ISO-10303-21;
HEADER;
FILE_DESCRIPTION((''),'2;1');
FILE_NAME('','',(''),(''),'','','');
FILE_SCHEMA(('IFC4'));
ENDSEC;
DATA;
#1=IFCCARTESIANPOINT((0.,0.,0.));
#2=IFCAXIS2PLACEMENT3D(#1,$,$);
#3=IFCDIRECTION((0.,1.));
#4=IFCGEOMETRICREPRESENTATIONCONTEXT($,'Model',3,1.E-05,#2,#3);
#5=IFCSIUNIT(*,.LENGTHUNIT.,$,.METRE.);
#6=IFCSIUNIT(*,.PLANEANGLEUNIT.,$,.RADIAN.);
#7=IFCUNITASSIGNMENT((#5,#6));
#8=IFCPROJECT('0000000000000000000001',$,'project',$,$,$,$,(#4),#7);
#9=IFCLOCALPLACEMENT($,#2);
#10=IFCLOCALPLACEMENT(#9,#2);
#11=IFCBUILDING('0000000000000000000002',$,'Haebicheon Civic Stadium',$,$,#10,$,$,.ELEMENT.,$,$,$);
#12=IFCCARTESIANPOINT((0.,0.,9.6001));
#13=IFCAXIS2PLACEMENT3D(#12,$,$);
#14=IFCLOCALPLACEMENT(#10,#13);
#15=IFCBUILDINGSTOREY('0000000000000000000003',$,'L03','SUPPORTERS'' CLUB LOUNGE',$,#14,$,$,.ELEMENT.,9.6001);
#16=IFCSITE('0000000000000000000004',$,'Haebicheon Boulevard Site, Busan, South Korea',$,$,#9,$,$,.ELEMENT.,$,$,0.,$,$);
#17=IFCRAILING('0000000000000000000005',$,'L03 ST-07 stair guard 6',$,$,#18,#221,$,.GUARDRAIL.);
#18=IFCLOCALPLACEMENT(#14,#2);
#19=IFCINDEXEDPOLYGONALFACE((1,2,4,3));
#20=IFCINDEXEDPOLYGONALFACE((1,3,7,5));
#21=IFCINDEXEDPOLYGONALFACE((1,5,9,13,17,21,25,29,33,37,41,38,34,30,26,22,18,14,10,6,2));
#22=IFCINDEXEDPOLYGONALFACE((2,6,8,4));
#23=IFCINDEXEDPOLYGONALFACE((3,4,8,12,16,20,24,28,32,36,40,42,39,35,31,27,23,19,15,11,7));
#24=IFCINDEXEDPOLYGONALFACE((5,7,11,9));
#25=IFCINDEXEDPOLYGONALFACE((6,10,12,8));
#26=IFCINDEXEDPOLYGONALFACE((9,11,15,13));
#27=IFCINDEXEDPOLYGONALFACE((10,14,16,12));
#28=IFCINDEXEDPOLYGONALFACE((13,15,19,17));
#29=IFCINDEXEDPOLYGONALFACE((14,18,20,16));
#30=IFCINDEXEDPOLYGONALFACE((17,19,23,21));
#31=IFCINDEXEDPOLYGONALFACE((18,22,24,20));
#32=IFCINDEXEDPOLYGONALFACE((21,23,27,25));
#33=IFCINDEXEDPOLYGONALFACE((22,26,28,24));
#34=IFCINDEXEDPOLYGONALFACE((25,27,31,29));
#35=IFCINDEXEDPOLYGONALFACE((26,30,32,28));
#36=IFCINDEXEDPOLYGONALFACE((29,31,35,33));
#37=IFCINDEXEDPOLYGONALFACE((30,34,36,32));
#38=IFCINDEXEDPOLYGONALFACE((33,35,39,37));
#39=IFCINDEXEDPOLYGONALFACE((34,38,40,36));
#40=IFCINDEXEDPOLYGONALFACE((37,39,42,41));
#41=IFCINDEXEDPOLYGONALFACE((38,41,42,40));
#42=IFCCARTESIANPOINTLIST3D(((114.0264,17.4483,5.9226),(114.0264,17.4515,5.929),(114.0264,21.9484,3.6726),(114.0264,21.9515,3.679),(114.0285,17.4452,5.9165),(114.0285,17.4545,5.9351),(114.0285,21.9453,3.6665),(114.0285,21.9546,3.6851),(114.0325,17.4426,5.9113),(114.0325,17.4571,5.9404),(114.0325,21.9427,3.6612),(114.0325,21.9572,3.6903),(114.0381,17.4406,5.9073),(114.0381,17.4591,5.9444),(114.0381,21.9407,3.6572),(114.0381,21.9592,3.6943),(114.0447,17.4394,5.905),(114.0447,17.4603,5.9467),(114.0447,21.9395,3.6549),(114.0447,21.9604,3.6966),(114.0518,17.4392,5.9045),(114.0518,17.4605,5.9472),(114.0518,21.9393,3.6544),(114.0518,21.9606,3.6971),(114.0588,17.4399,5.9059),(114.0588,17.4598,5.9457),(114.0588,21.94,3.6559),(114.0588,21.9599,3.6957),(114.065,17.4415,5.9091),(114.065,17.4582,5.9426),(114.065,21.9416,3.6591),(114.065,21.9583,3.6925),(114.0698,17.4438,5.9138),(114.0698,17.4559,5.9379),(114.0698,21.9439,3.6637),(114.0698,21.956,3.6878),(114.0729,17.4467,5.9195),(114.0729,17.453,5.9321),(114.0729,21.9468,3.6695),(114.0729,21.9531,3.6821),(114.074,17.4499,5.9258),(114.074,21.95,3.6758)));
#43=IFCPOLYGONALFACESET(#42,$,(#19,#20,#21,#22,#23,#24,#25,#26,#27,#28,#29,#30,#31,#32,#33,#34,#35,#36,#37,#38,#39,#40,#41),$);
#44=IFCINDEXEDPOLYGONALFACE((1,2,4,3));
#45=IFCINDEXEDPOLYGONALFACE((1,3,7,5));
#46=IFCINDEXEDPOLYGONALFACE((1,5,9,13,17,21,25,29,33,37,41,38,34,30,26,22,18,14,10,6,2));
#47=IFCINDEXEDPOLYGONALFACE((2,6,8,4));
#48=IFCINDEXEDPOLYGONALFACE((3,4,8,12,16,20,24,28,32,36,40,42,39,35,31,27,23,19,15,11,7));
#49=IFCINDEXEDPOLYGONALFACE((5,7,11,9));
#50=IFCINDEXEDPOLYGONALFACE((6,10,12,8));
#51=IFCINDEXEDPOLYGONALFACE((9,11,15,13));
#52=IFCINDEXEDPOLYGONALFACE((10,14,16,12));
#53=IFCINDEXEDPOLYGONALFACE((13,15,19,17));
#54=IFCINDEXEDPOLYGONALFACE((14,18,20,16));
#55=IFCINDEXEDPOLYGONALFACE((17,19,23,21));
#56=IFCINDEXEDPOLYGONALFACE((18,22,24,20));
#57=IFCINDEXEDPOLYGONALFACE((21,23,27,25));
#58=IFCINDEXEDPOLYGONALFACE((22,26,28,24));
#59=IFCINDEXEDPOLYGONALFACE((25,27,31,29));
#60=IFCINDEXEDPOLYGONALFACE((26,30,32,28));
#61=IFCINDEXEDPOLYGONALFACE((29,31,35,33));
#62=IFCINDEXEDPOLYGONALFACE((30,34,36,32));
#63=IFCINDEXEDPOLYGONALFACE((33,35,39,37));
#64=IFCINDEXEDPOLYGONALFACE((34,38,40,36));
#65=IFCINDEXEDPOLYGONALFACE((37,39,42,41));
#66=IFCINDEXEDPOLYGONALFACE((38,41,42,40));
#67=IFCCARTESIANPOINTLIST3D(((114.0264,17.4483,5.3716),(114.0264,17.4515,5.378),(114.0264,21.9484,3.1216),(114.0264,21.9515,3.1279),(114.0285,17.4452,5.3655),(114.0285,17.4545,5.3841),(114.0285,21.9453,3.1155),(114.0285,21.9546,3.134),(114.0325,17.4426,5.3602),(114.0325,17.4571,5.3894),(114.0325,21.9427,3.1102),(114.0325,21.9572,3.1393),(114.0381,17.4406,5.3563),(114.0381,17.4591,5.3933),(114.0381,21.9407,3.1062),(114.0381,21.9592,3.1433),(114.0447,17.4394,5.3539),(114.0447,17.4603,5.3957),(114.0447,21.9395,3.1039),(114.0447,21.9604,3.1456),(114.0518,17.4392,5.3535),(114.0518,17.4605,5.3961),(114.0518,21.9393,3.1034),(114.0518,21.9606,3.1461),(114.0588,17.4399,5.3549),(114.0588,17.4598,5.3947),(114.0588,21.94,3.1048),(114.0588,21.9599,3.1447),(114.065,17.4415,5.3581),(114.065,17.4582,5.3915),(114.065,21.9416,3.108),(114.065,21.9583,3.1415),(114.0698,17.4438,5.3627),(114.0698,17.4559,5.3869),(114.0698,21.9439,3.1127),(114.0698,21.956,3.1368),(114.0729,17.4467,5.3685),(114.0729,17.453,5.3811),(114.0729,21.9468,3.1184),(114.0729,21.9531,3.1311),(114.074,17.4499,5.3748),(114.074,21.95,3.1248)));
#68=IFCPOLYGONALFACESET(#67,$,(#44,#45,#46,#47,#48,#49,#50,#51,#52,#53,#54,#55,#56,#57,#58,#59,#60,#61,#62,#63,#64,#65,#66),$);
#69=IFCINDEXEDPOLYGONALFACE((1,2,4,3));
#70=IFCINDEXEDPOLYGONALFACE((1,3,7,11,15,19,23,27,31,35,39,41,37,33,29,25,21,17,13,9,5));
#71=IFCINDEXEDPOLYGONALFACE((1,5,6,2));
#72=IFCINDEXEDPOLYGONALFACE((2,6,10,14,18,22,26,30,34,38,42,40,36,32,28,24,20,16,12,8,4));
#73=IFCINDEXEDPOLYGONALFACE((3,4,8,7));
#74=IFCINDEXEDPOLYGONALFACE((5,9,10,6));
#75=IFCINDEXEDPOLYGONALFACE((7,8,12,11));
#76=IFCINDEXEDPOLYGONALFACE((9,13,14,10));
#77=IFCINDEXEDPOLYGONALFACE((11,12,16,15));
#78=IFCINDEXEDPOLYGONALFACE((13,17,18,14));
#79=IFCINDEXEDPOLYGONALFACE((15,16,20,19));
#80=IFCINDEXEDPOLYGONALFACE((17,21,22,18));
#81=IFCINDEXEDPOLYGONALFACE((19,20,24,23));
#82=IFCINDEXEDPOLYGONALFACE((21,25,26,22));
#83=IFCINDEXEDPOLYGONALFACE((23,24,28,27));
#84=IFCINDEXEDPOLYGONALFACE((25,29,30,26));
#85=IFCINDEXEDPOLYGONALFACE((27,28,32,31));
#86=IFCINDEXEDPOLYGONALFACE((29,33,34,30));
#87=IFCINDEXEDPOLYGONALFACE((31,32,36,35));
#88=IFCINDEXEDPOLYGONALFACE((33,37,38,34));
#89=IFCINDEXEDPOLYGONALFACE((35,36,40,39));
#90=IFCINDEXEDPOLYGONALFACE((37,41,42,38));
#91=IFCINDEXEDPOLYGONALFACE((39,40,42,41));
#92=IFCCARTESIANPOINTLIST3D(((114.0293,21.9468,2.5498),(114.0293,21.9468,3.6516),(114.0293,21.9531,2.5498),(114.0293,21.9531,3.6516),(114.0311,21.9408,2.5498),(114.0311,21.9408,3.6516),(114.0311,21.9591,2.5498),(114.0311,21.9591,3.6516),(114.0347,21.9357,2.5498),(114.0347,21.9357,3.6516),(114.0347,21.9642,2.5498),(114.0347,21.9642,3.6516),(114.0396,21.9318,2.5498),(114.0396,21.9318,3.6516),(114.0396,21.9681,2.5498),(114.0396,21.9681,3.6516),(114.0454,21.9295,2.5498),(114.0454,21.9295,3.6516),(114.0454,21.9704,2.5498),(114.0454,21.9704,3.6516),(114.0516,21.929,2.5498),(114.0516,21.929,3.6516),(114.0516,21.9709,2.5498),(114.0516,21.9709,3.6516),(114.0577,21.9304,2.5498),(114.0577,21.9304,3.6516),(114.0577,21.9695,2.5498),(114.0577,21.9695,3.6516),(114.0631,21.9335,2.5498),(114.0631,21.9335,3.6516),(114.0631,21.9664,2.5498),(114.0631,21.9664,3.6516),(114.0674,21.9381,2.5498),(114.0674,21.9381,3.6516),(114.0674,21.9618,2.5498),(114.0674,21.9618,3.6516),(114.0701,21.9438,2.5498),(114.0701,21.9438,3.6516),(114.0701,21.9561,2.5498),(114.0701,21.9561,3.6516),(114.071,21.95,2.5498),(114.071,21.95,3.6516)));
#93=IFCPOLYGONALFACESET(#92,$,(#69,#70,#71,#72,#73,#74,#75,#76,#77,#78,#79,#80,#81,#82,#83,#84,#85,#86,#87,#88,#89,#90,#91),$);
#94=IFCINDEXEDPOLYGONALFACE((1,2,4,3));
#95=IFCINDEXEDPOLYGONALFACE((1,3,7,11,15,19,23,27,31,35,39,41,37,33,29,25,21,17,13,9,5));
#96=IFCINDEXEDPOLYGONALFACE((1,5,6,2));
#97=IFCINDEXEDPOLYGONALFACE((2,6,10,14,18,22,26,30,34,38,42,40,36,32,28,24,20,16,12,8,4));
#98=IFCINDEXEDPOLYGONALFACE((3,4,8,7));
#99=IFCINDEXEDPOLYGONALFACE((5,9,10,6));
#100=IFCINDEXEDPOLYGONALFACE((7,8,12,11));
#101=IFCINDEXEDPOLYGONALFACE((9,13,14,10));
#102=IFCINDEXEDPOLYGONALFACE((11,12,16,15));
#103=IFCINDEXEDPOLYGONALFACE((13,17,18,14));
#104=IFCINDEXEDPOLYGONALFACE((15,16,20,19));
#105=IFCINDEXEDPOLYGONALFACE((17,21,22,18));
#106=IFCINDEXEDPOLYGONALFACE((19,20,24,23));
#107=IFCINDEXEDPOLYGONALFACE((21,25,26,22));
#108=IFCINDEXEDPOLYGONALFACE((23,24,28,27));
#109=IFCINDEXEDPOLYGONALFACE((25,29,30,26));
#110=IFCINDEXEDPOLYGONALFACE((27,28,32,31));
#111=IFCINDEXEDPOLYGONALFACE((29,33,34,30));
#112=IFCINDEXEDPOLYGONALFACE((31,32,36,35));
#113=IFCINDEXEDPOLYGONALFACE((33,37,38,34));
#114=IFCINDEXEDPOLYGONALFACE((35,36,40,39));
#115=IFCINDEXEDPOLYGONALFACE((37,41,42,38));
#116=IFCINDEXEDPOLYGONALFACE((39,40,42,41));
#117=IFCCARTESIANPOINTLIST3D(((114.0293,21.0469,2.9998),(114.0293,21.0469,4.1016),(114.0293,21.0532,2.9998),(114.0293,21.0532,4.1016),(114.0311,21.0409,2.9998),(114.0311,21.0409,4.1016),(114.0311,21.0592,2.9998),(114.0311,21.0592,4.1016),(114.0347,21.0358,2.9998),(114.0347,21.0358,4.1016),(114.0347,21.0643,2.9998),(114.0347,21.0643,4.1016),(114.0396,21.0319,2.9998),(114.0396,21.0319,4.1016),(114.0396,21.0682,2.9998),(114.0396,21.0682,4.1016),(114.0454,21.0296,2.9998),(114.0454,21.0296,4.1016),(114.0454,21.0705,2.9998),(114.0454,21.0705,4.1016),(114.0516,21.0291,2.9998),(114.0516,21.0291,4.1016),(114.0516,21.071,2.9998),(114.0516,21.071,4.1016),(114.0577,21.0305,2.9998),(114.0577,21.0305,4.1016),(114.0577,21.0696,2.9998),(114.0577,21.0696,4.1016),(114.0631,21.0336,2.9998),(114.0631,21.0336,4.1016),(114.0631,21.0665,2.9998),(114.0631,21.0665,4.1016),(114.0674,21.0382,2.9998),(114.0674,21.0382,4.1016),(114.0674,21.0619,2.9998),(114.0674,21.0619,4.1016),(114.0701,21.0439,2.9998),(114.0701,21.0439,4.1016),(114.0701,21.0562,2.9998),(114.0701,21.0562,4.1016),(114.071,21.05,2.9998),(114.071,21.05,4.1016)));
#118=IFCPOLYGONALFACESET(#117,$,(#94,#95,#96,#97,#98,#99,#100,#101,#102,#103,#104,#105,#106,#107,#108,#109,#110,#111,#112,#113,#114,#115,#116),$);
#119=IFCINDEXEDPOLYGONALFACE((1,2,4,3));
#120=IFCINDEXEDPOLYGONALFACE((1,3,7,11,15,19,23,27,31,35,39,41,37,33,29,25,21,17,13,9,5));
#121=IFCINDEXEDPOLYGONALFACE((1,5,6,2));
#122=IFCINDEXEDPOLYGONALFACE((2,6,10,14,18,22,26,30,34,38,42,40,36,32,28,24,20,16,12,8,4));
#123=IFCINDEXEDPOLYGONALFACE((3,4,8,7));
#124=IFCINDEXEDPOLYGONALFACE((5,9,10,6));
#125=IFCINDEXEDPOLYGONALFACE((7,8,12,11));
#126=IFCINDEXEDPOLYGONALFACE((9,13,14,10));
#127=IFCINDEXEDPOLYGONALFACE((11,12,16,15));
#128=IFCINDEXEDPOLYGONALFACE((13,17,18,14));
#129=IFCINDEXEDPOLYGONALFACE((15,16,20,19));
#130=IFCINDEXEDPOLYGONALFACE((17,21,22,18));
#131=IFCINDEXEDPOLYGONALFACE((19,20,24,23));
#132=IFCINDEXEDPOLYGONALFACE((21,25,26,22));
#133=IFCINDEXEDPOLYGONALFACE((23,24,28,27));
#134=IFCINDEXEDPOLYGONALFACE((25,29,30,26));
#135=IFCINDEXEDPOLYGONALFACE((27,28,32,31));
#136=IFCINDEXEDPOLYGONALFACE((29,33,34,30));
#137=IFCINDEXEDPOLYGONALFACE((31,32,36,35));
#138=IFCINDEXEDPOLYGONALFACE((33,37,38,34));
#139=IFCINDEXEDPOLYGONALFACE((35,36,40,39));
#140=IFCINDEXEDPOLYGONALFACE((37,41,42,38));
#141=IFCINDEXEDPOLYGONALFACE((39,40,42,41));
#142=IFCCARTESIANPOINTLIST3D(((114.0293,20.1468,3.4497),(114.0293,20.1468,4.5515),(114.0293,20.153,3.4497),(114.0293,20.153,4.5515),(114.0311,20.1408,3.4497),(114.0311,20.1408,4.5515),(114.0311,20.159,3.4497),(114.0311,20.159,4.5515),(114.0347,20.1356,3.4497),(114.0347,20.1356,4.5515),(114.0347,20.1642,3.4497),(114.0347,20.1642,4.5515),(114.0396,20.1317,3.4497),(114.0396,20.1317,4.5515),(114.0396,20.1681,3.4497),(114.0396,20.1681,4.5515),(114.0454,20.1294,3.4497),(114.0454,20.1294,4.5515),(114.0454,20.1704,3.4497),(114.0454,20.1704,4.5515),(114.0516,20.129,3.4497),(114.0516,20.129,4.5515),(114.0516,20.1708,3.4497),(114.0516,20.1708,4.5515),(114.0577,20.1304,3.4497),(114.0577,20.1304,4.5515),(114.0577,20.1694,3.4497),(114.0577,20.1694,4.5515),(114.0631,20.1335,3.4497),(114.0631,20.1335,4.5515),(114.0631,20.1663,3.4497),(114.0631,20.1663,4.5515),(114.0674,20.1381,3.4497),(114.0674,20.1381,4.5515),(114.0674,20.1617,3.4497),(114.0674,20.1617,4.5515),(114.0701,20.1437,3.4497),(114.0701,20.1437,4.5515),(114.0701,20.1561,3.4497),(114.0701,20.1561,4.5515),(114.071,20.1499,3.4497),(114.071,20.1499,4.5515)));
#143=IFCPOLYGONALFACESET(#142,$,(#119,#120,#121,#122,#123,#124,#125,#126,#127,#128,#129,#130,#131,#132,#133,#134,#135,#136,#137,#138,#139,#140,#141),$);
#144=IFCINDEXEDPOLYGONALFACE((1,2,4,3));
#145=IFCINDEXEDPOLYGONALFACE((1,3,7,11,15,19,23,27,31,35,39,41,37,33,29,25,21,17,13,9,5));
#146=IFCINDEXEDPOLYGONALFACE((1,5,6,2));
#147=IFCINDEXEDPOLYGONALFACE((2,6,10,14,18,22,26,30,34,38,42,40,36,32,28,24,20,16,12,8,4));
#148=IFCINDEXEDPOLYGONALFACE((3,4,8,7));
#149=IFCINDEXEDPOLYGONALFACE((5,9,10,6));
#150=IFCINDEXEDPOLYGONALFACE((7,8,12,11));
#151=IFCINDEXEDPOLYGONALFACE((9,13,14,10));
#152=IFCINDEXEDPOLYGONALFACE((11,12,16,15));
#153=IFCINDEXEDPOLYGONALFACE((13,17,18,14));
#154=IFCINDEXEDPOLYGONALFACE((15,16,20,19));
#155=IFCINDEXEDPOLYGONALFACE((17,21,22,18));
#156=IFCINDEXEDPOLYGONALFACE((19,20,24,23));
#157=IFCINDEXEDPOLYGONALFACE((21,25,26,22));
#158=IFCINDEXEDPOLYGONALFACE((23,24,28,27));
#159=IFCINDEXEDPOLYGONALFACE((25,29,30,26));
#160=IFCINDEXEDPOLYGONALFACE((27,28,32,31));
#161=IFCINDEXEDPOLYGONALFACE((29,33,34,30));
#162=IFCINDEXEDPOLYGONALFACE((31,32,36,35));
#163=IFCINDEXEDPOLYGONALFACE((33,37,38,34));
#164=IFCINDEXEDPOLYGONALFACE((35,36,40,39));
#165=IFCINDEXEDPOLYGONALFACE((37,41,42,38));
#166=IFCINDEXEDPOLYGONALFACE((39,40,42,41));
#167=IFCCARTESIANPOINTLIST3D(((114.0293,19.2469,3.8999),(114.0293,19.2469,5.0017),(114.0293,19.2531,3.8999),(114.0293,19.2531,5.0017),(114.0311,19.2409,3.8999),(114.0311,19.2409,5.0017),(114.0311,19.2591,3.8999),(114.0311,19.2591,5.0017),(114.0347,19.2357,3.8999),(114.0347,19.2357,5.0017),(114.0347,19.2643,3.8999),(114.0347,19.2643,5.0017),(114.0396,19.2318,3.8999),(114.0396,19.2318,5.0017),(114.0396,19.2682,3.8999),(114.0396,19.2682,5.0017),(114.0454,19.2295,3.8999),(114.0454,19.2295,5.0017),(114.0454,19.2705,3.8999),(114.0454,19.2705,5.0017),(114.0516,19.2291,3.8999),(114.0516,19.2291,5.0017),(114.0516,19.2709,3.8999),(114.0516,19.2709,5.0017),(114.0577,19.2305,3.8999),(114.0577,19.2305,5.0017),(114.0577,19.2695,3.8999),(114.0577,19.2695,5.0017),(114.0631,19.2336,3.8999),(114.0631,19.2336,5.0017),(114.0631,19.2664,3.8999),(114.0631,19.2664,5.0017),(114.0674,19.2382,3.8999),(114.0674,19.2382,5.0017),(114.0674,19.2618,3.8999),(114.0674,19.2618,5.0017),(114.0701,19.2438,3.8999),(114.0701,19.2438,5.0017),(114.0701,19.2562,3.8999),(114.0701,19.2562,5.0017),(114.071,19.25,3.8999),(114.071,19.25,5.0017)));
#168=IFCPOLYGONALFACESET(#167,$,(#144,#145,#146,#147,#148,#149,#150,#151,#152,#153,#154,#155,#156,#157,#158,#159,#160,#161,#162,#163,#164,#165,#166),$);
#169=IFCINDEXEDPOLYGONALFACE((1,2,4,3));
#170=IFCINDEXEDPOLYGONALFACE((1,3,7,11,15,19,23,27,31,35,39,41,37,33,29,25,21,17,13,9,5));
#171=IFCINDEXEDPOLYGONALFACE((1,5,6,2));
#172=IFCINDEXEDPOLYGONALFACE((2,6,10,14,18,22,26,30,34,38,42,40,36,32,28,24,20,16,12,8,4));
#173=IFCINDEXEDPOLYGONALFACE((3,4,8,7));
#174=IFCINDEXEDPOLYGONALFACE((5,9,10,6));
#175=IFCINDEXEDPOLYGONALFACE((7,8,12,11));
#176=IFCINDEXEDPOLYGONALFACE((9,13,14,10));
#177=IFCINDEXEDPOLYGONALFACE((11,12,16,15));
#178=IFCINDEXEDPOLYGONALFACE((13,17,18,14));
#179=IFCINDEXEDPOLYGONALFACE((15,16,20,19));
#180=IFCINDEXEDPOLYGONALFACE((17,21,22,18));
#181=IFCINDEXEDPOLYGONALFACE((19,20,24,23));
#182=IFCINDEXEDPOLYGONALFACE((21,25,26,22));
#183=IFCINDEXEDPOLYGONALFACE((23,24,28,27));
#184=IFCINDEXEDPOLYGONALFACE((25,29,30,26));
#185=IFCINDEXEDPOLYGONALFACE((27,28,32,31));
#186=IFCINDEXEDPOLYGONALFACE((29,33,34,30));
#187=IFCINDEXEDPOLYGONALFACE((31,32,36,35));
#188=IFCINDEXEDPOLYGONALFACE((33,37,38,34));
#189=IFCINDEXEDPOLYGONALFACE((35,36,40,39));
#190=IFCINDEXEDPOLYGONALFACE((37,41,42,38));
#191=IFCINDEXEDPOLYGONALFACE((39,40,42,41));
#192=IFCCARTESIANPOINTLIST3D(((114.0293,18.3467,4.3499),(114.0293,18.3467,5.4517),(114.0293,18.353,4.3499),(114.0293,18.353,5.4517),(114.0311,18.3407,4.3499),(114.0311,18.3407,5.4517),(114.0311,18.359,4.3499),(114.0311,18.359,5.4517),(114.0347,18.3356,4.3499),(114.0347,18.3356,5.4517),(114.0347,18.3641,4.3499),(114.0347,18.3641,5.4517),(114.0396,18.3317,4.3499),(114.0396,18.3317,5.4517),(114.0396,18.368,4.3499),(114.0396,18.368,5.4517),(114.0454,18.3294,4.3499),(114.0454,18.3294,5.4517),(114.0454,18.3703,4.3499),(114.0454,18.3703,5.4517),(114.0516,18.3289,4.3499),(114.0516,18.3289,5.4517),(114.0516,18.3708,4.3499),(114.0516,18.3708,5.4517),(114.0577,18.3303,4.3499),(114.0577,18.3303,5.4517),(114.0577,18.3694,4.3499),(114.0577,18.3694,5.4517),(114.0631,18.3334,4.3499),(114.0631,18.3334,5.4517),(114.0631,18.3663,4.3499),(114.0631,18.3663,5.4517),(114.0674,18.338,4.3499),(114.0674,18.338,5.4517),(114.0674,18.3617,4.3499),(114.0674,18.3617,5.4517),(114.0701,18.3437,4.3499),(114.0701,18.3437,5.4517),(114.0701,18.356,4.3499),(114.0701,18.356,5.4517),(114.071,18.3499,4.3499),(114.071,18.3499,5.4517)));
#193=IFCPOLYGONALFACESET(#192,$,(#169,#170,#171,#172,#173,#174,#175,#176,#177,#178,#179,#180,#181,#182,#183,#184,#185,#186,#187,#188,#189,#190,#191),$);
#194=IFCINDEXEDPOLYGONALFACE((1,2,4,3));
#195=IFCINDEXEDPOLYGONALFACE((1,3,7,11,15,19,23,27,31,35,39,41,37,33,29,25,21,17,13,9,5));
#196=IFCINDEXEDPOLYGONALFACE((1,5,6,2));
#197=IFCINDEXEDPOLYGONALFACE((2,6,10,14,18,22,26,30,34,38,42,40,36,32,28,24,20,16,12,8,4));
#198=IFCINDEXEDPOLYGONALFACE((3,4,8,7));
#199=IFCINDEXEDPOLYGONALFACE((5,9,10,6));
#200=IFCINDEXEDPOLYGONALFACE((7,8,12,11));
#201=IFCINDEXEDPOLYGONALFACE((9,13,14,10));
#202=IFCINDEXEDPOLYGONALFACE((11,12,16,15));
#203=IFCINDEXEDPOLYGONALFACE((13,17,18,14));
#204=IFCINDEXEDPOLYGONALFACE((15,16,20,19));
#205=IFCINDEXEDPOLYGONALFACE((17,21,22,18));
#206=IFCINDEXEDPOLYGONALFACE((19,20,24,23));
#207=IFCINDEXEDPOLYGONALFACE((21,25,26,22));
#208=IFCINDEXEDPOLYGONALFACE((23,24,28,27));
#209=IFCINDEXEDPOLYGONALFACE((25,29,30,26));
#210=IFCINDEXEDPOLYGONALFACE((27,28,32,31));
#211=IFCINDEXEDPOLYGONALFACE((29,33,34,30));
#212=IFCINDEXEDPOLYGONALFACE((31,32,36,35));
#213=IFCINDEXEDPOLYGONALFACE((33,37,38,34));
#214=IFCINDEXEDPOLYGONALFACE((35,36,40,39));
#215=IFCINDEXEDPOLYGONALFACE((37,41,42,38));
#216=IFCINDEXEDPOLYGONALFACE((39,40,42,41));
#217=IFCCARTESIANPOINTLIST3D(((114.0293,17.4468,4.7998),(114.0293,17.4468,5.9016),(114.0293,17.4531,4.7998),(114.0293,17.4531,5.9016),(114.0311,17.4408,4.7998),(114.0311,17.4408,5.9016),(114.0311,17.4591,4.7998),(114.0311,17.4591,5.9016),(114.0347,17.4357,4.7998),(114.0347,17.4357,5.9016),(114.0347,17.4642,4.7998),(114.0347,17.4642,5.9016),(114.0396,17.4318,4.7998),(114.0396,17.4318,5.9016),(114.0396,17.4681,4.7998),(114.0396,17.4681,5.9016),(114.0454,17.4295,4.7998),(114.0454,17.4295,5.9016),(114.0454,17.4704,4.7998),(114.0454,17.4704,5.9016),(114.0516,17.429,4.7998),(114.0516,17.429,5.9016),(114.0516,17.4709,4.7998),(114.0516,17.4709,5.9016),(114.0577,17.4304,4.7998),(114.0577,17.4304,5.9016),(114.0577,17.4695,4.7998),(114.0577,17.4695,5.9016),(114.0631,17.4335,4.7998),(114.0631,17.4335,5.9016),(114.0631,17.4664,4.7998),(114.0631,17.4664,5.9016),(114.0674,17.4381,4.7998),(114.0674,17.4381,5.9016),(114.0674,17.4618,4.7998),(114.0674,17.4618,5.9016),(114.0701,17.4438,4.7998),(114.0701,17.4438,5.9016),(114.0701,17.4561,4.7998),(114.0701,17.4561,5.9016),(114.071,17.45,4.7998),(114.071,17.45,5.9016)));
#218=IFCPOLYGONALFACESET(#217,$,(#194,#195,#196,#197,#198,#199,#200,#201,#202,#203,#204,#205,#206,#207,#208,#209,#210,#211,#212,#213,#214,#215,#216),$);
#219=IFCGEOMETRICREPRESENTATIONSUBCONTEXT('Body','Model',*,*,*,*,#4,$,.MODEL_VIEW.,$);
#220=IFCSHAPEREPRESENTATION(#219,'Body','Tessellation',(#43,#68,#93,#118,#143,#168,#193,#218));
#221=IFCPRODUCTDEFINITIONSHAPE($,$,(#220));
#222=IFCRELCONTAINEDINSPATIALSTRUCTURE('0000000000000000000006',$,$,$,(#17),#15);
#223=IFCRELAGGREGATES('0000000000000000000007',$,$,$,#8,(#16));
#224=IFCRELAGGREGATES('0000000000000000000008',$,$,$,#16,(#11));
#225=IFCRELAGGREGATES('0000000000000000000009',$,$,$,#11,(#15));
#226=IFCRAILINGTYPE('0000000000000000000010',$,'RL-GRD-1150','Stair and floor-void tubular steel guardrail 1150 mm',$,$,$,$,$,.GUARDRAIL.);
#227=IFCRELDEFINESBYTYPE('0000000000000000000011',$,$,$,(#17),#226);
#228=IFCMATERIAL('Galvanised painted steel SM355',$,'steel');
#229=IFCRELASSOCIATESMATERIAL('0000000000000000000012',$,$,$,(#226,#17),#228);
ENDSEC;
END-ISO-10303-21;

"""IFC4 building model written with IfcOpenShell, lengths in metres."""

from ifc_helpers import new_model, si_unit, direction, frame, origin, origin_2d, place, context, subcontext, project, spatial, circle, extrude, material, type_object, element, save


model = new_model("IFC4")

# Units and contexts
model_context = context("Model", 3, precision=1e-05, world=origin(), true_north=direction((0.0, 1.0)))
body_context = subcontext(model_context, "Body", "Model", "MODEL_VIEW")
ifc_project = project(units=[si_unit("LENGTHUNIT", "METRE"), si_unit("PLANEANGLEUNIT", "RADIAN")], contexts=[model_context])

# Site, building, storey
site_placement = place(None, origin())
site = spatial("IfcSite", under=ifc_project, at=site_placement, Name="Haebicheon Boulevard Site, Busan, South Korea", CompositionType="ELEMENT", RefElevation=0.0)
building_placement = place(site_placement, origin())
building = spatial("IfcBuilding", under=site, at=building_placement, Name="Haebicheon Civic Stadium", CompositionType="ELEMENT")
storey_placement = place(building_placement, frame((0.0, 0.0, 9.6001)))
storey = spatial("IfcBuildingStorey", under=building, at=storey_placement, Name="L03", Description="SUPPORTERS' CLUB LOUNGE", CompositionType="ELEMENT", Elevation=9.6001)

# Railing
ifc_material_1 = material(Name="Galvanised painted steel SM355", Category="steel")
railing_type_1 = type_object("IfcRailingType", Name="RL-GRD-1150", Description="Stair and floor-void tubular steel guardrail 1150 mm", PredefinedType="GUARDRAIL", material=ifc_material_1)
railing_1_placement = place(storey_placement, frame((114.05, 21.95, 2.5498)))
element("IfcRailing", 1, at=railing_1_placement, inside=storey, type_object=railing_type_1, material=ifc_material_1, Name="L03 ST-07 stair guard 6", PredefinedType="GUARDRAIL", context=body_context, shape_type="SweptSolid", body=[
    extrude(circle(Radius=0.0239, at=origin_2d()), frame((0.0, 0.0, 1.126), z_axis=(0.0, -0.894427, 0.447214), x_axis=(1.0, 0.0, 0.0)), (0.0, 0.0, 1.0), 5.0312),
    extrude(circle(Radius=0.0239, at=origin_2d()), frame((0.0, 0.0, 0.575), z_axis=(0.0, -0.894427, 0.447214), x_axis=(1.0, 0.0, 0.0)), (0.0, 0.0, 1.0), 5.0312),
    extrude(circle(Radius=0.021, at=origin_2d()), origin(), (0.0, 0.0, 1.0), 1.1018),
    extrude(circle(Radius=0.021, at=origin_2d()), frame((0.0, -0.8999, 0.45)), (0.0, 0.0, 1.0), 1.1018),
    extrude(circle(Radius=0.021, at=origin_2d()), frame((0.0, -1.8, 0.8999)), (0.0, 0.0, 1.0), 1.1018),
    extrude(circle(Radius=0.021, at=origin_2d()), frame((0.0, -2.7, 1.3501)), (0.0, 0.0, 1.0), 1.1018),
    extrude(circle(Radius=0.021, at=origin_2d()), frame((0.0, -3.6001, 1.8)), (0.0, 0.0, 1.0), 1.1018),
    extrude(circle(Radius=0.021, at=origin_2d()), frame((0.0, -4.5, 2.25)), (0.0, 0.0, 1.0), 1.1018),
])

save(model, "model.ifc")
